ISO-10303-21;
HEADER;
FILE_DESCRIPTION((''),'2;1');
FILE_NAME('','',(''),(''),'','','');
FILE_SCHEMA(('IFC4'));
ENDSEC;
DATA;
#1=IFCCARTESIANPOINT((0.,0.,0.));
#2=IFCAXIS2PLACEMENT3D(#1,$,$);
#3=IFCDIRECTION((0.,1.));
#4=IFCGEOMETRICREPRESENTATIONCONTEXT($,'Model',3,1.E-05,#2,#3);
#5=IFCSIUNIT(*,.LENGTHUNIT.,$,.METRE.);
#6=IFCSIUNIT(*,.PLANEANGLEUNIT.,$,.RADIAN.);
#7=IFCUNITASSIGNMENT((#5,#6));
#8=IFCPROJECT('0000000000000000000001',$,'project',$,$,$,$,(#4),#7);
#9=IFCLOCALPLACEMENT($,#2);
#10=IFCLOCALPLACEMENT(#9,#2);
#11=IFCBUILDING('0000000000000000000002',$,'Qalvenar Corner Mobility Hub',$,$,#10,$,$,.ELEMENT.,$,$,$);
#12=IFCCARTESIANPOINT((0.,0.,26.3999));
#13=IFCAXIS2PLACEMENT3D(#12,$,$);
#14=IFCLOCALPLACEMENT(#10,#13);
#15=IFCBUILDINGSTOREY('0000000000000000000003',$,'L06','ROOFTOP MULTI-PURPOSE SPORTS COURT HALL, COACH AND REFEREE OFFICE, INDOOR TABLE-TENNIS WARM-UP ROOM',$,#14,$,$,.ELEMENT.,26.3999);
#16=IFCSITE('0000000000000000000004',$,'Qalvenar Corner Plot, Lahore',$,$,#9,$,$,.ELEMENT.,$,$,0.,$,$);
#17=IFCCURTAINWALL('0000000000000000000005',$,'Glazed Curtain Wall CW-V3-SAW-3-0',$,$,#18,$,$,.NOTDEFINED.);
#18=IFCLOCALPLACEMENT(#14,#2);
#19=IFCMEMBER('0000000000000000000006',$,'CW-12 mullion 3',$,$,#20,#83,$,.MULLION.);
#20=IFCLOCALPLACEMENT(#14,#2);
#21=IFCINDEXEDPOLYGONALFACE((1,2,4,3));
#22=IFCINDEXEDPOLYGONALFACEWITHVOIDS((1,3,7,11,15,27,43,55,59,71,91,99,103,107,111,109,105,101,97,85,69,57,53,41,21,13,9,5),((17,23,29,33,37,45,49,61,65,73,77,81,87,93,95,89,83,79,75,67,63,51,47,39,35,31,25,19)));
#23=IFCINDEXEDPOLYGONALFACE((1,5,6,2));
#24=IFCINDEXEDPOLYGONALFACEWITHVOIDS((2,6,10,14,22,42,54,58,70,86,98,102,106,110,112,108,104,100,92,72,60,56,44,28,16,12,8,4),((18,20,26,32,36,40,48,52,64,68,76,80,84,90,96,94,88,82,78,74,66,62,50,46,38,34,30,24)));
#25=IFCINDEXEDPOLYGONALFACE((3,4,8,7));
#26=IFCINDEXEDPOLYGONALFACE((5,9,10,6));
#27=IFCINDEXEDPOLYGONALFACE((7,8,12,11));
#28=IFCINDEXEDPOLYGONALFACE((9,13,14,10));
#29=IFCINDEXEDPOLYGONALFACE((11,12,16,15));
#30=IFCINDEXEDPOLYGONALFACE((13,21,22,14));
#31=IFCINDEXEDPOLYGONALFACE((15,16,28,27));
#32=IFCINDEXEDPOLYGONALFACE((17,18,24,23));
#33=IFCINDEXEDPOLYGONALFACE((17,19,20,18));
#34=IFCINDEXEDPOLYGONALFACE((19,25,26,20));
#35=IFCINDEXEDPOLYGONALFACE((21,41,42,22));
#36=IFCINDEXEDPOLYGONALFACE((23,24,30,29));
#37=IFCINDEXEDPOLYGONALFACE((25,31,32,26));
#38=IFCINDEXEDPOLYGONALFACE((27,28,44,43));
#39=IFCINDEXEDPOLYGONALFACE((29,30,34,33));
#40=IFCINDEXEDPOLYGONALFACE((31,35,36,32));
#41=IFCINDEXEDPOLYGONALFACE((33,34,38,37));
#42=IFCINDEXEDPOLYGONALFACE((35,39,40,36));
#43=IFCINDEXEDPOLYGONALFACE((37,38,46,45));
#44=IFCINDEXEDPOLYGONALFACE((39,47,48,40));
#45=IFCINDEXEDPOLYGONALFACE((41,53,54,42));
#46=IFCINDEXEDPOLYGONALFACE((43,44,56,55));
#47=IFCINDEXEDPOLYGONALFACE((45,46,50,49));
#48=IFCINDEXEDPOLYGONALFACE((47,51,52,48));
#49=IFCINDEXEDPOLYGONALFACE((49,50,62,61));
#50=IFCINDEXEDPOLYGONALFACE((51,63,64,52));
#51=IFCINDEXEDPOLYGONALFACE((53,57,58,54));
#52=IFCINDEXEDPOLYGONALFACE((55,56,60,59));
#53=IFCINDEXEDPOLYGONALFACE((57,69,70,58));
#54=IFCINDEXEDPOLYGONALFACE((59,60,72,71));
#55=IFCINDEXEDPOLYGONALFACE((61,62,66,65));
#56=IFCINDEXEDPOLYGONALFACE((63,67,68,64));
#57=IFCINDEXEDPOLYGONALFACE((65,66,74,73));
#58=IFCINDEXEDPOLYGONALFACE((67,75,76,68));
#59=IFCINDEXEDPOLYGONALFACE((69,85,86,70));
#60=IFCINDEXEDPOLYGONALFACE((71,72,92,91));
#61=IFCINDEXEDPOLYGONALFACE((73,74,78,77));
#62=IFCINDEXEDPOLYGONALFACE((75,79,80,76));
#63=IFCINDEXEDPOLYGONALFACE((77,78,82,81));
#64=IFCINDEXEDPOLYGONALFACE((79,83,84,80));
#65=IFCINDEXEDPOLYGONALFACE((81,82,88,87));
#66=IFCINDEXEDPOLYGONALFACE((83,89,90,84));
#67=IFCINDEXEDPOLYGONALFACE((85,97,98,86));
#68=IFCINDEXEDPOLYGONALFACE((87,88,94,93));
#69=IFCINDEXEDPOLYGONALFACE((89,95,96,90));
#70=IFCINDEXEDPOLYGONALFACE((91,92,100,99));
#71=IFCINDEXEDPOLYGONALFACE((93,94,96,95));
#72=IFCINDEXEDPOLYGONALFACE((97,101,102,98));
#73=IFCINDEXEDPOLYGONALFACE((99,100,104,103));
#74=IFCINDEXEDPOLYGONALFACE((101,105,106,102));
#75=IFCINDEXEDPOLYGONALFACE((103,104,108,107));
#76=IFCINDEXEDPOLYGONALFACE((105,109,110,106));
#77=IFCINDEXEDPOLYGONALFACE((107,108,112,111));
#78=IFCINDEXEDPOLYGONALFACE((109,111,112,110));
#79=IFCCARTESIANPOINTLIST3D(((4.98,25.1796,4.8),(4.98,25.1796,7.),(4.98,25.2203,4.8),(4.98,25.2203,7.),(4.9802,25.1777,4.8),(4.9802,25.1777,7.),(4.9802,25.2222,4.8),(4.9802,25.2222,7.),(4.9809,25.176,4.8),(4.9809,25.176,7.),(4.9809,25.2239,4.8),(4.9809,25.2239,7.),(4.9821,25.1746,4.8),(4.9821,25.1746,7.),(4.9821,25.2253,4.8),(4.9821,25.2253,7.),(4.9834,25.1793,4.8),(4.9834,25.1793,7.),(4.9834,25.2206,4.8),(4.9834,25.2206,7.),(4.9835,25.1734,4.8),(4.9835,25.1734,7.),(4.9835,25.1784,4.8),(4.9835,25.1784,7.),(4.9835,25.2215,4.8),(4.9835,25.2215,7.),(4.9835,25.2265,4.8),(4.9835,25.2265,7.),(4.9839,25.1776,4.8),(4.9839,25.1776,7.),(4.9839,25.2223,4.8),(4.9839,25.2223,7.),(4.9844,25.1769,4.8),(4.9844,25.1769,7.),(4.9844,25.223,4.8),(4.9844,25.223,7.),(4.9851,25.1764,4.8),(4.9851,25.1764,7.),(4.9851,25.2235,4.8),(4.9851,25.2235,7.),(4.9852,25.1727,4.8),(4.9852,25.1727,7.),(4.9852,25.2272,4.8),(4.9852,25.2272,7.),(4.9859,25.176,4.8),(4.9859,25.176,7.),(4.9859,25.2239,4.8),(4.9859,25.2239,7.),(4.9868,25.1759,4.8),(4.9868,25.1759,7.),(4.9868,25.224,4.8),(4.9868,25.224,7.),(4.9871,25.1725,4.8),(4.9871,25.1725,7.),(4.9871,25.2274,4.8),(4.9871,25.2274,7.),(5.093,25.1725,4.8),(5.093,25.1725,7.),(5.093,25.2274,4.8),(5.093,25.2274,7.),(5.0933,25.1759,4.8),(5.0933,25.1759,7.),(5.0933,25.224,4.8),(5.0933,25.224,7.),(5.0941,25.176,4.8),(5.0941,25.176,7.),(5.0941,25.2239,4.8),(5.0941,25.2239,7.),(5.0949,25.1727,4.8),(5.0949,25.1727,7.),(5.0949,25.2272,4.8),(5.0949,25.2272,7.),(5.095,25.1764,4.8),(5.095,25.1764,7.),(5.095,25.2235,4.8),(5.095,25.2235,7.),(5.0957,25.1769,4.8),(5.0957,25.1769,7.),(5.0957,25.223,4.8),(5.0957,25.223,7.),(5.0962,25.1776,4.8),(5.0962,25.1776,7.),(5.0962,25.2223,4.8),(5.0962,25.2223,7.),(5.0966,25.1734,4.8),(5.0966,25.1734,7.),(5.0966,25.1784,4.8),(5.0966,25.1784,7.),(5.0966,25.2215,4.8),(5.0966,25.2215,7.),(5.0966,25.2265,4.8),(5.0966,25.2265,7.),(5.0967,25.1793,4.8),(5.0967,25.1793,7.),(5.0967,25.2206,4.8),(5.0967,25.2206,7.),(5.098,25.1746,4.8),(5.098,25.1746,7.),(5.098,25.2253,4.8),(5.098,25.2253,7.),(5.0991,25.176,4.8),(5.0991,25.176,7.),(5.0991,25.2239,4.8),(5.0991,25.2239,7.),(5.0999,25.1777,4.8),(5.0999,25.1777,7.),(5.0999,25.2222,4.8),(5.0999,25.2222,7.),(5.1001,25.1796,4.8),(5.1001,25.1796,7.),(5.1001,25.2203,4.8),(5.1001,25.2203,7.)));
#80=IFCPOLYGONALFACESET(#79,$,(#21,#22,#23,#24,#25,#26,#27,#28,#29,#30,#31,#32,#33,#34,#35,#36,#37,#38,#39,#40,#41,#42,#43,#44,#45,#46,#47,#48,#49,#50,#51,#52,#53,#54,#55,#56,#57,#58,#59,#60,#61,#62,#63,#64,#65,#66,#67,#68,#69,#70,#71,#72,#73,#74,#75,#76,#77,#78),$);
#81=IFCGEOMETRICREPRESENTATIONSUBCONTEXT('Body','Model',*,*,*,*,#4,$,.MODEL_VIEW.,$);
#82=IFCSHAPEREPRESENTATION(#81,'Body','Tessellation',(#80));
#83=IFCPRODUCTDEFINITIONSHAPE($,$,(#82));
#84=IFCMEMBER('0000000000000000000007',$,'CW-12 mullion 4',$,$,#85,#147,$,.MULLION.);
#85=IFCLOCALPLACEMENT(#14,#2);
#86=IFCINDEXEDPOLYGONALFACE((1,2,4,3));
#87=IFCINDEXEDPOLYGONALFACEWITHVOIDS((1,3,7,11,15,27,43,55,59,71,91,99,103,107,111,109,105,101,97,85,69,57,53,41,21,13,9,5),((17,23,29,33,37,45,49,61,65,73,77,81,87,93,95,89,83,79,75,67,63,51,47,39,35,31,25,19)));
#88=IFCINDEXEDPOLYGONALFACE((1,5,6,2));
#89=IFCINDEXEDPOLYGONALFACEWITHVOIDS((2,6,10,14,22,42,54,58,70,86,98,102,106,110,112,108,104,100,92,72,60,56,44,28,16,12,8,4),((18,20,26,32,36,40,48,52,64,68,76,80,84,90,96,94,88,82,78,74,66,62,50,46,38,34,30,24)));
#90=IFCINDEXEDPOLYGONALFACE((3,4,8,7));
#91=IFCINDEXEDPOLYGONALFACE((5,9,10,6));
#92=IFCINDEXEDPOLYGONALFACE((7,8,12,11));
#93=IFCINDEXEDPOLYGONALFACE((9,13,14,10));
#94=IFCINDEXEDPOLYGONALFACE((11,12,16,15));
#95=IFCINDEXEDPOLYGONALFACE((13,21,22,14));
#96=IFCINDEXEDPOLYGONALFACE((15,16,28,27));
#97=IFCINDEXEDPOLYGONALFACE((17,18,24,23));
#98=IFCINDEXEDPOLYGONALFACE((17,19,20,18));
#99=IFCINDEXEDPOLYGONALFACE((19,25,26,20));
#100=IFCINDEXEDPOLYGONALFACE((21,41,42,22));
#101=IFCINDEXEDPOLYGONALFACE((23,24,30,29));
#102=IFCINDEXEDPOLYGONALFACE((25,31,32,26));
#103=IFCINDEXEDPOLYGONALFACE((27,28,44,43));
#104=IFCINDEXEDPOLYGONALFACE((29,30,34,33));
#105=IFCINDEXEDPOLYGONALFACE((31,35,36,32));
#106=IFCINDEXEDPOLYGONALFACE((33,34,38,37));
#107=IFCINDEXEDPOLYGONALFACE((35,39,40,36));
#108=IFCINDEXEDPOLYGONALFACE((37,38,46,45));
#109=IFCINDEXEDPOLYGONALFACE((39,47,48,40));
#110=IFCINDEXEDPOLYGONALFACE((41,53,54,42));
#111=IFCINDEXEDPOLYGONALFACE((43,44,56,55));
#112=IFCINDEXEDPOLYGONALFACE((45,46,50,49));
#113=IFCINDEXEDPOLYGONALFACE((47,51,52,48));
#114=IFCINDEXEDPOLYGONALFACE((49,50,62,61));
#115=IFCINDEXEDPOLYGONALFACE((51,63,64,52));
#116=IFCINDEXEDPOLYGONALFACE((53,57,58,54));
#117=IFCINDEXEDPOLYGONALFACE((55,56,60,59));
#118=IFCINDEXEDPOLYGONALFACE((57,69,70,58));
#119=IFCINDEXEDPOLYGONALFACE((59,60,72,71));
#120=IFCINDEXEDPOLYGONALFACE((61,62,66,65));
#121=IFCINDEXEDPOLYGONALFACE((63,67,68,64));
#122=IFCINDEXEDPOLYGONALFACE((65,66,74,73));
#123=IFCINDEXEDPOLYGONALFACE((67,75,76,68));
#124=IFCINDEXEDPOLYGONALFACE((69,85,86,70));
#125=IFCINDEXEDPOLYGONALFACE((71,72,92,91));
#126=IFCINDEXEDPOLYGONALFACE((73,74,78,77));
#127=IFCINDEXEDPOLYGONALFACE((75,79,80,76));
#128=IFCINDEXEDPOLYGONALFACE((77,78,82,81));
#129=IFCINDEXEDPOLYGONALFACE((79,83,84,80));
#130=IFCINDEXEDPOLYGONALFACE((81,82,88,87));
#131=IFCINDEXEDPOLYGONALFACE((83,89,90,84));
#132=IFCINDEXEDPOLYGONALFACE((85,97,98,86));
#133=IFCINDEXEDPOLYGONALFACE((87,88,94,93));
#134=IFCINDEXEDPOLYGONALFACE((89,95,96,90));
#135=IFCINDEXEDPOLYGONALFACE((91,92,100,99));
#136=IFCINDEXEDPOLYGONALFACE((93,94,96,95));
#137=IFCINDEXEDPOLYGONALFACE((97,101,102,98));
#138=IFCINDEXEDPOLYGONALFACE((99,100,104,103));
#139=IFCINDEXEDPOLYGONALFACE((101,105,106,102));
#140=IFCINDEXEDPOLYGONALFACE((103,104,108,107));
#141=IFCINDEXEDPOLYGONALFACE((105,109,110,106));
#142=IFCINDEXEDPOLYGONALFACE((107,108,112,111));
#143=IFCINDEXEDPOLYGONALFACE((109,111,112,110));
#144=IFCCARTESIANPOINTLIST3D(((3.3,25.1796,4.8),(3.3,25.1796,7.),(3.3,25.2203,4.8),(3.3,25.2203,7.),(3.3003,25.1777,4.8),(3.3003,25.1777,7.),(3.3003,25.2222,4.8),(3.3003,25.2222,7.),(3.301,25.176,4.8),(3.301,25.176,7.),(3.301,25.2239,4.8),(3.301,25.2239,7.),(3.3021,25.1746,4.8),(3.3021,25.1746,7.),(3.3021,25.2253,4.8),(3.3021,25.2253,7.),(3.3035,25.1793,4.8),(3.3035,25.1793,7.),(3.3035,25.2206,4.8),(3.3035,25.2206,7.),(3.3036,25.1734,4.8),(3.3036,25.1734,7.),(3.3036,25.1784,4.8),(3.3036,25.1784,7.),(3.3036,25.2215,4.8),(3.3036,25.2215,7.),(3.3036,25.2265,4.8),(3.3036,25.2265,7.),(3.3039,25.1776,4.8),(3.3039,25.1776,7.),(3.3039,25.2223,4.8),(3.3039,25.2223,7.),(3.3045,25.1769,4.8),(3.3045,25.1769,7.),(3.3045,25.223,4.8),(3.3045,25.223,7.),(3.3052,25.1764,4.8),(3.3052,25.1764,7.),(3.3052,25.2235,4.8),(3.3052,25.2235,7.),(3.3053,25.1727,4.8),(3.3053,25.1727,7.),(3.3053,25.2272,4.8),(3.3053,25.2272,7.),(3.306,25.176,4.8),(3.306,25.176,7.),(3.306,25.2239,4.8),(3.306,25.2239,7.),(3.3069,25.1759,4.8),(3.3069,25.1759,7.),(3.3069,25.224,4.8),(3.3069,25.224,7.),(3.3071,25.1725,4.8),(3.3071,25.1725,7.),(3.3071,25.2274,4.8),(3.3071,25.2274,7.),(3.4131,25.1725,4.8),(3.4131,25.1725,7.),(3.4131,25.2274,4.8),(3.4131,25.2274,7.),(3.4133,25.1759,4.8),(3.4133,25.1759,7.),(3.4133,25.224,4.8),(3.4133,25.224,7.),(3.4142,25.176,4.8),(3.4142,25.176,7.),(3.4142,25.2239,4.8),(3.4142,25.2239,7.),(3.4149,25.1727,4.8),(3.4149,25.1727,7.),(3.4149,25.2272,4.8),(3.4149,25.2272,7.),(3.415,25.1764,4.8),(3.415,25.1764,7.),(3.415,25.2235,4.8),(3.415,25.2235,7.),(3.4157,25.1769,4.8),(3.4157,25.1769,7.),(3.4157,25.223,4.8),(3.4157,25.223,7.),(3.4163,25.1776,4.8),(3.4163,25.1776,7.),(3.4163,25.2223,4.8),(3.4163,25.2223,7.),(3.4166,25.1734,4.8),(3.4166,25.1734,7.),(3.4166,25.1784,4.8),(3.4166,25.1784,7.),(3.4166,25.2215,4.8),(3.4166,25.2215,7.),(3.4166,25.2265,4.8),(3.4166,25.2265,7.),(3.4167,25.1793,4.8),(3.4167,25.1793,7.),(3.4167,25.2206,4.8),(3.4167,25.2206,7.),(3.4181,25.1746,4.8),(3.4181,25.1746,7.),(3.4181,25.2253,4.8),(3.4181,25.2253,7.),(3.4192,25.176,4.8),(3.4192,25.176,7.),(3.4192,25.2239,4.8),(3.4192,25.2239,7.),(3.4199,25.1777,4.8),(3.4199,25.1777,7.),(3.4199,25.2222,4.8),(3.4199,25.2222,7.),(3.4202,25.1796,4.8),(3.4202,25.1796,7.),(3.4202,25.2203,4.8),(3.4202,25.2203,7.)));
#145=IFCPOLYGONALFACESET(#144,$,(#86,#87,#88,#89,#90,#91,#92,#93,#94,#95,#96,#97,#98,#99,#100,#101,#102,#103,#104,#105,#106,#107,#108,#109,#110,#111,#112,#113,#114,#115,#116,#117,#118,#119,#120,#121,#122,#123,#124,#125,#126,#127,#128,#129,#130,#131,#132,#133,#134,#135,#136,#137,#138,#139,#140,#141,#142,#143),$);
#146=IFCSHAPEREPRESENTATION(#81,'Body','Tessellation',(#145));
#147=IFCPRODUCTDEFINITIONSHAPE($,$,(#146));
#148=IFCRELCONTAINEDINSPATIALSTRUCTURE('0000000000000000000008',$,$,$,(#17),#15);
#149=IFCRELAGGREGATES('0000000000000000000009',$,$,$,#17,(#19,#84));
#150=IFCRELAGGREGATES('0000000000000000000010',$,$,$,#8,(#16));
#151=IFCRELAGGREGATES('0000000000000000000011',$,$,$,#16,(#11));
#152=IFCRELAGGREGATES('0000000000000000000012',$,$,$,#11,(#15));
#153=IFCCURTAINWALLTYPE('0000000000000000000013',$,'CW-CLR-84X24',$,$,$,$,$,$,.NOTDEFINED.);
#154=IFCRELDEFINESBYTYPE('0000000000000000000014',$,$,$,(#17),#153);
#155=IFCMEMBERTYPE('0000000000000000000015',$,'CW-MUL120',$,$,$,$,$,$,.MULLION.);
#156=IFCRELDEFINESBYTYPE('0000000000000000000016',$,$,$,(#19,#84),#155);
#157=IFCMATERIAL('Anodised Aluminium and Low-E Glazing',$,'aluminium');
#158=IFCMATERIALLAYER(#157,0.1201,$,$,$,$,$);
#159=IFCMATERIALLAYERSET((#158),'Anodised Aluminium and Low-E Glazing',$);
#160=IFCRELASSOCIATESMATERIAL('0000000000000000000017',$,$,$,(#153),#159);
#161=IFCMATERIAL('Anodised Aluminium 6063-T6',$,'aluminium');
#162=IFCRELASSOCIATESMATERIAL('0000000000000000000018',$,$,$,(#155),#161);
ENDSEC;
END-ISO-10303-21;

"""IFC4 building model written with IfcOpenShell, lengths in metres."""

from ifc_helpers import new_model, si_unit, direction, frame, origin, origin_2d, place, context, subcontext, project, spatial, hollow_rectangle, extrude, material, layer, layer_set, material_profile, profile_set, type_object, element, aggregate, save


model = new_model("IFC4")

# Units and contexts
model_context = context("Model", 3, precision=1e-05, world=origin(), true_north=direction((0.0, 1.0)))
body_context = subcontext(model_context, "Body", "Model", "MODEL_VIEW")
ifc_project = project(units=[si_unit("LENGTHUNIT", "METRE"), si_unit("PLANEANGLEUNIT", "RADIAN")], contexts=[model_context])

# Site, building, storey
site_placement = place(None, origin())
site = spatial("IfcSite", under=ifc_project, at=site_placement, Name="Qalvenar Corner Plot, Lahore", CompositionType="ELEMENT", RefElevation=0.0)
building_placement = place(site_placement, origin())
building = spatial("IfcBuilding", under=site, at=building_placement, Name="Qalvenar Corner Mobility Hub", CompositionType="ELEMENT")
storey_placement = place(building_placement, frame((0.0, 0.0, 26.3999)))
storey = spatial("IfcBuildingStorey", under=building, at=storey_placement, Name="L06", Description="ROOFTOP MULTI-PURPOSE SPORTS COURT HALL, COACH AND REFEREE OFFICE, INDOOR TABLE-TENNIS WARM-UP ROOM", CompositionType="ELEMENT", Elevation=26.3999)

# Curtain wall, members
ifc_material_1 = material(Name="Anodised Aluminium and Low-E Glazing", Category="aluminium")
ifc_layer_1 = layer(ifc_material_1, 0.1201)
ifc_layer_set_1 = layer_set([ifc_layer_1], Name="Anodised Aluminium and Low-E Glazing")
curtain_wall_type_1 = type_object("IfcCurtainWallType", Name="CW-CLR-84X24", PredefinedType="NOTDEFINED", material=ifc_layer_set_1)
curtain_wall_1_placement = place(storey_placement, origin())
curtain_wall_1 = element("IfcCurtainWall", 1, at=curtain_wall_1_placement, inside=storey, type_object=curtain_wall_type_1, Name="Glazed Curtain Wall CW-V3-SAW-3-0", PredefinedType="NOTDEFINED")
ifc_material_2 = material(Name="Anodised Aluminium 6063-T6", Category="aluminium")
ifc_material_profile_1 = material_profile(ifc_material_2, hollow_rectangle(XDim=0.0549, YDim=0.1201, WallThickness=0.0034, InnerFilletRadius=0.0034, OuterFilletRadius=0.0071, at=origin_2d()), Name="RHS120x55x3.5")
ifc_profile_set_1 = profile_set([ifc_material_profile_1], Name="Anodised Aluminium 6063-T6")
member_type_1 = type_object("IfcMemberType", Name="CW-MUL120", PredefinedType="MULLION", material=ifc_profile_set_1)
member_1_placement = place(storey_placement, frame((5.04, 25.2, 4.8), z_axis=(0.0, 0.0, 1.0), x_axis=(0.0, -1.0, 0.0)))
member_1 = element("IfcMember", 2, at=member_1_placement, type_object=member_type_1, Name="CW-12 mullion 3", PredefinedType="MULLION", context=body_context, shape_type="SweptSolid", body=[
    extrude(hollow_rectangle(XDim=0.0549, YDim=0.1201, WallThickness=0.0034, InnerFilletRadius=0.0034, OuterFilletRadius=0.0071, at=origin_2d()), origin(), (0.0, 0.0, 1.0), 2.2),
])
member_2_placement = place(storey_placement, frame((3.3601, 25.2, 4.8), z_axis=(0.0, 0.0, 1.0), x_axis=(0.0, -1.0, 0.0)))
member_2 = element("IfcMember", 3, at=member_2_placement, type_object=member_type_1, Name="CW-12 mullion 4", PredefinedType="MULLION", context=body_context, shape_type="SweptSolid", body=[
    extrude(hollow_rectangle(XDim=0.0549, YDim=0.1201, WallThickness=0.0034, InnerFilletRadius=0.0034, OuterFilletRadius=0.0071, at=origin_2d()), origin(), (0.0, 0.0, 1.0), 2.2),
])

aggregate(curtain_wall_1, [member_1, member_2])

save(model, "model.ifc")
